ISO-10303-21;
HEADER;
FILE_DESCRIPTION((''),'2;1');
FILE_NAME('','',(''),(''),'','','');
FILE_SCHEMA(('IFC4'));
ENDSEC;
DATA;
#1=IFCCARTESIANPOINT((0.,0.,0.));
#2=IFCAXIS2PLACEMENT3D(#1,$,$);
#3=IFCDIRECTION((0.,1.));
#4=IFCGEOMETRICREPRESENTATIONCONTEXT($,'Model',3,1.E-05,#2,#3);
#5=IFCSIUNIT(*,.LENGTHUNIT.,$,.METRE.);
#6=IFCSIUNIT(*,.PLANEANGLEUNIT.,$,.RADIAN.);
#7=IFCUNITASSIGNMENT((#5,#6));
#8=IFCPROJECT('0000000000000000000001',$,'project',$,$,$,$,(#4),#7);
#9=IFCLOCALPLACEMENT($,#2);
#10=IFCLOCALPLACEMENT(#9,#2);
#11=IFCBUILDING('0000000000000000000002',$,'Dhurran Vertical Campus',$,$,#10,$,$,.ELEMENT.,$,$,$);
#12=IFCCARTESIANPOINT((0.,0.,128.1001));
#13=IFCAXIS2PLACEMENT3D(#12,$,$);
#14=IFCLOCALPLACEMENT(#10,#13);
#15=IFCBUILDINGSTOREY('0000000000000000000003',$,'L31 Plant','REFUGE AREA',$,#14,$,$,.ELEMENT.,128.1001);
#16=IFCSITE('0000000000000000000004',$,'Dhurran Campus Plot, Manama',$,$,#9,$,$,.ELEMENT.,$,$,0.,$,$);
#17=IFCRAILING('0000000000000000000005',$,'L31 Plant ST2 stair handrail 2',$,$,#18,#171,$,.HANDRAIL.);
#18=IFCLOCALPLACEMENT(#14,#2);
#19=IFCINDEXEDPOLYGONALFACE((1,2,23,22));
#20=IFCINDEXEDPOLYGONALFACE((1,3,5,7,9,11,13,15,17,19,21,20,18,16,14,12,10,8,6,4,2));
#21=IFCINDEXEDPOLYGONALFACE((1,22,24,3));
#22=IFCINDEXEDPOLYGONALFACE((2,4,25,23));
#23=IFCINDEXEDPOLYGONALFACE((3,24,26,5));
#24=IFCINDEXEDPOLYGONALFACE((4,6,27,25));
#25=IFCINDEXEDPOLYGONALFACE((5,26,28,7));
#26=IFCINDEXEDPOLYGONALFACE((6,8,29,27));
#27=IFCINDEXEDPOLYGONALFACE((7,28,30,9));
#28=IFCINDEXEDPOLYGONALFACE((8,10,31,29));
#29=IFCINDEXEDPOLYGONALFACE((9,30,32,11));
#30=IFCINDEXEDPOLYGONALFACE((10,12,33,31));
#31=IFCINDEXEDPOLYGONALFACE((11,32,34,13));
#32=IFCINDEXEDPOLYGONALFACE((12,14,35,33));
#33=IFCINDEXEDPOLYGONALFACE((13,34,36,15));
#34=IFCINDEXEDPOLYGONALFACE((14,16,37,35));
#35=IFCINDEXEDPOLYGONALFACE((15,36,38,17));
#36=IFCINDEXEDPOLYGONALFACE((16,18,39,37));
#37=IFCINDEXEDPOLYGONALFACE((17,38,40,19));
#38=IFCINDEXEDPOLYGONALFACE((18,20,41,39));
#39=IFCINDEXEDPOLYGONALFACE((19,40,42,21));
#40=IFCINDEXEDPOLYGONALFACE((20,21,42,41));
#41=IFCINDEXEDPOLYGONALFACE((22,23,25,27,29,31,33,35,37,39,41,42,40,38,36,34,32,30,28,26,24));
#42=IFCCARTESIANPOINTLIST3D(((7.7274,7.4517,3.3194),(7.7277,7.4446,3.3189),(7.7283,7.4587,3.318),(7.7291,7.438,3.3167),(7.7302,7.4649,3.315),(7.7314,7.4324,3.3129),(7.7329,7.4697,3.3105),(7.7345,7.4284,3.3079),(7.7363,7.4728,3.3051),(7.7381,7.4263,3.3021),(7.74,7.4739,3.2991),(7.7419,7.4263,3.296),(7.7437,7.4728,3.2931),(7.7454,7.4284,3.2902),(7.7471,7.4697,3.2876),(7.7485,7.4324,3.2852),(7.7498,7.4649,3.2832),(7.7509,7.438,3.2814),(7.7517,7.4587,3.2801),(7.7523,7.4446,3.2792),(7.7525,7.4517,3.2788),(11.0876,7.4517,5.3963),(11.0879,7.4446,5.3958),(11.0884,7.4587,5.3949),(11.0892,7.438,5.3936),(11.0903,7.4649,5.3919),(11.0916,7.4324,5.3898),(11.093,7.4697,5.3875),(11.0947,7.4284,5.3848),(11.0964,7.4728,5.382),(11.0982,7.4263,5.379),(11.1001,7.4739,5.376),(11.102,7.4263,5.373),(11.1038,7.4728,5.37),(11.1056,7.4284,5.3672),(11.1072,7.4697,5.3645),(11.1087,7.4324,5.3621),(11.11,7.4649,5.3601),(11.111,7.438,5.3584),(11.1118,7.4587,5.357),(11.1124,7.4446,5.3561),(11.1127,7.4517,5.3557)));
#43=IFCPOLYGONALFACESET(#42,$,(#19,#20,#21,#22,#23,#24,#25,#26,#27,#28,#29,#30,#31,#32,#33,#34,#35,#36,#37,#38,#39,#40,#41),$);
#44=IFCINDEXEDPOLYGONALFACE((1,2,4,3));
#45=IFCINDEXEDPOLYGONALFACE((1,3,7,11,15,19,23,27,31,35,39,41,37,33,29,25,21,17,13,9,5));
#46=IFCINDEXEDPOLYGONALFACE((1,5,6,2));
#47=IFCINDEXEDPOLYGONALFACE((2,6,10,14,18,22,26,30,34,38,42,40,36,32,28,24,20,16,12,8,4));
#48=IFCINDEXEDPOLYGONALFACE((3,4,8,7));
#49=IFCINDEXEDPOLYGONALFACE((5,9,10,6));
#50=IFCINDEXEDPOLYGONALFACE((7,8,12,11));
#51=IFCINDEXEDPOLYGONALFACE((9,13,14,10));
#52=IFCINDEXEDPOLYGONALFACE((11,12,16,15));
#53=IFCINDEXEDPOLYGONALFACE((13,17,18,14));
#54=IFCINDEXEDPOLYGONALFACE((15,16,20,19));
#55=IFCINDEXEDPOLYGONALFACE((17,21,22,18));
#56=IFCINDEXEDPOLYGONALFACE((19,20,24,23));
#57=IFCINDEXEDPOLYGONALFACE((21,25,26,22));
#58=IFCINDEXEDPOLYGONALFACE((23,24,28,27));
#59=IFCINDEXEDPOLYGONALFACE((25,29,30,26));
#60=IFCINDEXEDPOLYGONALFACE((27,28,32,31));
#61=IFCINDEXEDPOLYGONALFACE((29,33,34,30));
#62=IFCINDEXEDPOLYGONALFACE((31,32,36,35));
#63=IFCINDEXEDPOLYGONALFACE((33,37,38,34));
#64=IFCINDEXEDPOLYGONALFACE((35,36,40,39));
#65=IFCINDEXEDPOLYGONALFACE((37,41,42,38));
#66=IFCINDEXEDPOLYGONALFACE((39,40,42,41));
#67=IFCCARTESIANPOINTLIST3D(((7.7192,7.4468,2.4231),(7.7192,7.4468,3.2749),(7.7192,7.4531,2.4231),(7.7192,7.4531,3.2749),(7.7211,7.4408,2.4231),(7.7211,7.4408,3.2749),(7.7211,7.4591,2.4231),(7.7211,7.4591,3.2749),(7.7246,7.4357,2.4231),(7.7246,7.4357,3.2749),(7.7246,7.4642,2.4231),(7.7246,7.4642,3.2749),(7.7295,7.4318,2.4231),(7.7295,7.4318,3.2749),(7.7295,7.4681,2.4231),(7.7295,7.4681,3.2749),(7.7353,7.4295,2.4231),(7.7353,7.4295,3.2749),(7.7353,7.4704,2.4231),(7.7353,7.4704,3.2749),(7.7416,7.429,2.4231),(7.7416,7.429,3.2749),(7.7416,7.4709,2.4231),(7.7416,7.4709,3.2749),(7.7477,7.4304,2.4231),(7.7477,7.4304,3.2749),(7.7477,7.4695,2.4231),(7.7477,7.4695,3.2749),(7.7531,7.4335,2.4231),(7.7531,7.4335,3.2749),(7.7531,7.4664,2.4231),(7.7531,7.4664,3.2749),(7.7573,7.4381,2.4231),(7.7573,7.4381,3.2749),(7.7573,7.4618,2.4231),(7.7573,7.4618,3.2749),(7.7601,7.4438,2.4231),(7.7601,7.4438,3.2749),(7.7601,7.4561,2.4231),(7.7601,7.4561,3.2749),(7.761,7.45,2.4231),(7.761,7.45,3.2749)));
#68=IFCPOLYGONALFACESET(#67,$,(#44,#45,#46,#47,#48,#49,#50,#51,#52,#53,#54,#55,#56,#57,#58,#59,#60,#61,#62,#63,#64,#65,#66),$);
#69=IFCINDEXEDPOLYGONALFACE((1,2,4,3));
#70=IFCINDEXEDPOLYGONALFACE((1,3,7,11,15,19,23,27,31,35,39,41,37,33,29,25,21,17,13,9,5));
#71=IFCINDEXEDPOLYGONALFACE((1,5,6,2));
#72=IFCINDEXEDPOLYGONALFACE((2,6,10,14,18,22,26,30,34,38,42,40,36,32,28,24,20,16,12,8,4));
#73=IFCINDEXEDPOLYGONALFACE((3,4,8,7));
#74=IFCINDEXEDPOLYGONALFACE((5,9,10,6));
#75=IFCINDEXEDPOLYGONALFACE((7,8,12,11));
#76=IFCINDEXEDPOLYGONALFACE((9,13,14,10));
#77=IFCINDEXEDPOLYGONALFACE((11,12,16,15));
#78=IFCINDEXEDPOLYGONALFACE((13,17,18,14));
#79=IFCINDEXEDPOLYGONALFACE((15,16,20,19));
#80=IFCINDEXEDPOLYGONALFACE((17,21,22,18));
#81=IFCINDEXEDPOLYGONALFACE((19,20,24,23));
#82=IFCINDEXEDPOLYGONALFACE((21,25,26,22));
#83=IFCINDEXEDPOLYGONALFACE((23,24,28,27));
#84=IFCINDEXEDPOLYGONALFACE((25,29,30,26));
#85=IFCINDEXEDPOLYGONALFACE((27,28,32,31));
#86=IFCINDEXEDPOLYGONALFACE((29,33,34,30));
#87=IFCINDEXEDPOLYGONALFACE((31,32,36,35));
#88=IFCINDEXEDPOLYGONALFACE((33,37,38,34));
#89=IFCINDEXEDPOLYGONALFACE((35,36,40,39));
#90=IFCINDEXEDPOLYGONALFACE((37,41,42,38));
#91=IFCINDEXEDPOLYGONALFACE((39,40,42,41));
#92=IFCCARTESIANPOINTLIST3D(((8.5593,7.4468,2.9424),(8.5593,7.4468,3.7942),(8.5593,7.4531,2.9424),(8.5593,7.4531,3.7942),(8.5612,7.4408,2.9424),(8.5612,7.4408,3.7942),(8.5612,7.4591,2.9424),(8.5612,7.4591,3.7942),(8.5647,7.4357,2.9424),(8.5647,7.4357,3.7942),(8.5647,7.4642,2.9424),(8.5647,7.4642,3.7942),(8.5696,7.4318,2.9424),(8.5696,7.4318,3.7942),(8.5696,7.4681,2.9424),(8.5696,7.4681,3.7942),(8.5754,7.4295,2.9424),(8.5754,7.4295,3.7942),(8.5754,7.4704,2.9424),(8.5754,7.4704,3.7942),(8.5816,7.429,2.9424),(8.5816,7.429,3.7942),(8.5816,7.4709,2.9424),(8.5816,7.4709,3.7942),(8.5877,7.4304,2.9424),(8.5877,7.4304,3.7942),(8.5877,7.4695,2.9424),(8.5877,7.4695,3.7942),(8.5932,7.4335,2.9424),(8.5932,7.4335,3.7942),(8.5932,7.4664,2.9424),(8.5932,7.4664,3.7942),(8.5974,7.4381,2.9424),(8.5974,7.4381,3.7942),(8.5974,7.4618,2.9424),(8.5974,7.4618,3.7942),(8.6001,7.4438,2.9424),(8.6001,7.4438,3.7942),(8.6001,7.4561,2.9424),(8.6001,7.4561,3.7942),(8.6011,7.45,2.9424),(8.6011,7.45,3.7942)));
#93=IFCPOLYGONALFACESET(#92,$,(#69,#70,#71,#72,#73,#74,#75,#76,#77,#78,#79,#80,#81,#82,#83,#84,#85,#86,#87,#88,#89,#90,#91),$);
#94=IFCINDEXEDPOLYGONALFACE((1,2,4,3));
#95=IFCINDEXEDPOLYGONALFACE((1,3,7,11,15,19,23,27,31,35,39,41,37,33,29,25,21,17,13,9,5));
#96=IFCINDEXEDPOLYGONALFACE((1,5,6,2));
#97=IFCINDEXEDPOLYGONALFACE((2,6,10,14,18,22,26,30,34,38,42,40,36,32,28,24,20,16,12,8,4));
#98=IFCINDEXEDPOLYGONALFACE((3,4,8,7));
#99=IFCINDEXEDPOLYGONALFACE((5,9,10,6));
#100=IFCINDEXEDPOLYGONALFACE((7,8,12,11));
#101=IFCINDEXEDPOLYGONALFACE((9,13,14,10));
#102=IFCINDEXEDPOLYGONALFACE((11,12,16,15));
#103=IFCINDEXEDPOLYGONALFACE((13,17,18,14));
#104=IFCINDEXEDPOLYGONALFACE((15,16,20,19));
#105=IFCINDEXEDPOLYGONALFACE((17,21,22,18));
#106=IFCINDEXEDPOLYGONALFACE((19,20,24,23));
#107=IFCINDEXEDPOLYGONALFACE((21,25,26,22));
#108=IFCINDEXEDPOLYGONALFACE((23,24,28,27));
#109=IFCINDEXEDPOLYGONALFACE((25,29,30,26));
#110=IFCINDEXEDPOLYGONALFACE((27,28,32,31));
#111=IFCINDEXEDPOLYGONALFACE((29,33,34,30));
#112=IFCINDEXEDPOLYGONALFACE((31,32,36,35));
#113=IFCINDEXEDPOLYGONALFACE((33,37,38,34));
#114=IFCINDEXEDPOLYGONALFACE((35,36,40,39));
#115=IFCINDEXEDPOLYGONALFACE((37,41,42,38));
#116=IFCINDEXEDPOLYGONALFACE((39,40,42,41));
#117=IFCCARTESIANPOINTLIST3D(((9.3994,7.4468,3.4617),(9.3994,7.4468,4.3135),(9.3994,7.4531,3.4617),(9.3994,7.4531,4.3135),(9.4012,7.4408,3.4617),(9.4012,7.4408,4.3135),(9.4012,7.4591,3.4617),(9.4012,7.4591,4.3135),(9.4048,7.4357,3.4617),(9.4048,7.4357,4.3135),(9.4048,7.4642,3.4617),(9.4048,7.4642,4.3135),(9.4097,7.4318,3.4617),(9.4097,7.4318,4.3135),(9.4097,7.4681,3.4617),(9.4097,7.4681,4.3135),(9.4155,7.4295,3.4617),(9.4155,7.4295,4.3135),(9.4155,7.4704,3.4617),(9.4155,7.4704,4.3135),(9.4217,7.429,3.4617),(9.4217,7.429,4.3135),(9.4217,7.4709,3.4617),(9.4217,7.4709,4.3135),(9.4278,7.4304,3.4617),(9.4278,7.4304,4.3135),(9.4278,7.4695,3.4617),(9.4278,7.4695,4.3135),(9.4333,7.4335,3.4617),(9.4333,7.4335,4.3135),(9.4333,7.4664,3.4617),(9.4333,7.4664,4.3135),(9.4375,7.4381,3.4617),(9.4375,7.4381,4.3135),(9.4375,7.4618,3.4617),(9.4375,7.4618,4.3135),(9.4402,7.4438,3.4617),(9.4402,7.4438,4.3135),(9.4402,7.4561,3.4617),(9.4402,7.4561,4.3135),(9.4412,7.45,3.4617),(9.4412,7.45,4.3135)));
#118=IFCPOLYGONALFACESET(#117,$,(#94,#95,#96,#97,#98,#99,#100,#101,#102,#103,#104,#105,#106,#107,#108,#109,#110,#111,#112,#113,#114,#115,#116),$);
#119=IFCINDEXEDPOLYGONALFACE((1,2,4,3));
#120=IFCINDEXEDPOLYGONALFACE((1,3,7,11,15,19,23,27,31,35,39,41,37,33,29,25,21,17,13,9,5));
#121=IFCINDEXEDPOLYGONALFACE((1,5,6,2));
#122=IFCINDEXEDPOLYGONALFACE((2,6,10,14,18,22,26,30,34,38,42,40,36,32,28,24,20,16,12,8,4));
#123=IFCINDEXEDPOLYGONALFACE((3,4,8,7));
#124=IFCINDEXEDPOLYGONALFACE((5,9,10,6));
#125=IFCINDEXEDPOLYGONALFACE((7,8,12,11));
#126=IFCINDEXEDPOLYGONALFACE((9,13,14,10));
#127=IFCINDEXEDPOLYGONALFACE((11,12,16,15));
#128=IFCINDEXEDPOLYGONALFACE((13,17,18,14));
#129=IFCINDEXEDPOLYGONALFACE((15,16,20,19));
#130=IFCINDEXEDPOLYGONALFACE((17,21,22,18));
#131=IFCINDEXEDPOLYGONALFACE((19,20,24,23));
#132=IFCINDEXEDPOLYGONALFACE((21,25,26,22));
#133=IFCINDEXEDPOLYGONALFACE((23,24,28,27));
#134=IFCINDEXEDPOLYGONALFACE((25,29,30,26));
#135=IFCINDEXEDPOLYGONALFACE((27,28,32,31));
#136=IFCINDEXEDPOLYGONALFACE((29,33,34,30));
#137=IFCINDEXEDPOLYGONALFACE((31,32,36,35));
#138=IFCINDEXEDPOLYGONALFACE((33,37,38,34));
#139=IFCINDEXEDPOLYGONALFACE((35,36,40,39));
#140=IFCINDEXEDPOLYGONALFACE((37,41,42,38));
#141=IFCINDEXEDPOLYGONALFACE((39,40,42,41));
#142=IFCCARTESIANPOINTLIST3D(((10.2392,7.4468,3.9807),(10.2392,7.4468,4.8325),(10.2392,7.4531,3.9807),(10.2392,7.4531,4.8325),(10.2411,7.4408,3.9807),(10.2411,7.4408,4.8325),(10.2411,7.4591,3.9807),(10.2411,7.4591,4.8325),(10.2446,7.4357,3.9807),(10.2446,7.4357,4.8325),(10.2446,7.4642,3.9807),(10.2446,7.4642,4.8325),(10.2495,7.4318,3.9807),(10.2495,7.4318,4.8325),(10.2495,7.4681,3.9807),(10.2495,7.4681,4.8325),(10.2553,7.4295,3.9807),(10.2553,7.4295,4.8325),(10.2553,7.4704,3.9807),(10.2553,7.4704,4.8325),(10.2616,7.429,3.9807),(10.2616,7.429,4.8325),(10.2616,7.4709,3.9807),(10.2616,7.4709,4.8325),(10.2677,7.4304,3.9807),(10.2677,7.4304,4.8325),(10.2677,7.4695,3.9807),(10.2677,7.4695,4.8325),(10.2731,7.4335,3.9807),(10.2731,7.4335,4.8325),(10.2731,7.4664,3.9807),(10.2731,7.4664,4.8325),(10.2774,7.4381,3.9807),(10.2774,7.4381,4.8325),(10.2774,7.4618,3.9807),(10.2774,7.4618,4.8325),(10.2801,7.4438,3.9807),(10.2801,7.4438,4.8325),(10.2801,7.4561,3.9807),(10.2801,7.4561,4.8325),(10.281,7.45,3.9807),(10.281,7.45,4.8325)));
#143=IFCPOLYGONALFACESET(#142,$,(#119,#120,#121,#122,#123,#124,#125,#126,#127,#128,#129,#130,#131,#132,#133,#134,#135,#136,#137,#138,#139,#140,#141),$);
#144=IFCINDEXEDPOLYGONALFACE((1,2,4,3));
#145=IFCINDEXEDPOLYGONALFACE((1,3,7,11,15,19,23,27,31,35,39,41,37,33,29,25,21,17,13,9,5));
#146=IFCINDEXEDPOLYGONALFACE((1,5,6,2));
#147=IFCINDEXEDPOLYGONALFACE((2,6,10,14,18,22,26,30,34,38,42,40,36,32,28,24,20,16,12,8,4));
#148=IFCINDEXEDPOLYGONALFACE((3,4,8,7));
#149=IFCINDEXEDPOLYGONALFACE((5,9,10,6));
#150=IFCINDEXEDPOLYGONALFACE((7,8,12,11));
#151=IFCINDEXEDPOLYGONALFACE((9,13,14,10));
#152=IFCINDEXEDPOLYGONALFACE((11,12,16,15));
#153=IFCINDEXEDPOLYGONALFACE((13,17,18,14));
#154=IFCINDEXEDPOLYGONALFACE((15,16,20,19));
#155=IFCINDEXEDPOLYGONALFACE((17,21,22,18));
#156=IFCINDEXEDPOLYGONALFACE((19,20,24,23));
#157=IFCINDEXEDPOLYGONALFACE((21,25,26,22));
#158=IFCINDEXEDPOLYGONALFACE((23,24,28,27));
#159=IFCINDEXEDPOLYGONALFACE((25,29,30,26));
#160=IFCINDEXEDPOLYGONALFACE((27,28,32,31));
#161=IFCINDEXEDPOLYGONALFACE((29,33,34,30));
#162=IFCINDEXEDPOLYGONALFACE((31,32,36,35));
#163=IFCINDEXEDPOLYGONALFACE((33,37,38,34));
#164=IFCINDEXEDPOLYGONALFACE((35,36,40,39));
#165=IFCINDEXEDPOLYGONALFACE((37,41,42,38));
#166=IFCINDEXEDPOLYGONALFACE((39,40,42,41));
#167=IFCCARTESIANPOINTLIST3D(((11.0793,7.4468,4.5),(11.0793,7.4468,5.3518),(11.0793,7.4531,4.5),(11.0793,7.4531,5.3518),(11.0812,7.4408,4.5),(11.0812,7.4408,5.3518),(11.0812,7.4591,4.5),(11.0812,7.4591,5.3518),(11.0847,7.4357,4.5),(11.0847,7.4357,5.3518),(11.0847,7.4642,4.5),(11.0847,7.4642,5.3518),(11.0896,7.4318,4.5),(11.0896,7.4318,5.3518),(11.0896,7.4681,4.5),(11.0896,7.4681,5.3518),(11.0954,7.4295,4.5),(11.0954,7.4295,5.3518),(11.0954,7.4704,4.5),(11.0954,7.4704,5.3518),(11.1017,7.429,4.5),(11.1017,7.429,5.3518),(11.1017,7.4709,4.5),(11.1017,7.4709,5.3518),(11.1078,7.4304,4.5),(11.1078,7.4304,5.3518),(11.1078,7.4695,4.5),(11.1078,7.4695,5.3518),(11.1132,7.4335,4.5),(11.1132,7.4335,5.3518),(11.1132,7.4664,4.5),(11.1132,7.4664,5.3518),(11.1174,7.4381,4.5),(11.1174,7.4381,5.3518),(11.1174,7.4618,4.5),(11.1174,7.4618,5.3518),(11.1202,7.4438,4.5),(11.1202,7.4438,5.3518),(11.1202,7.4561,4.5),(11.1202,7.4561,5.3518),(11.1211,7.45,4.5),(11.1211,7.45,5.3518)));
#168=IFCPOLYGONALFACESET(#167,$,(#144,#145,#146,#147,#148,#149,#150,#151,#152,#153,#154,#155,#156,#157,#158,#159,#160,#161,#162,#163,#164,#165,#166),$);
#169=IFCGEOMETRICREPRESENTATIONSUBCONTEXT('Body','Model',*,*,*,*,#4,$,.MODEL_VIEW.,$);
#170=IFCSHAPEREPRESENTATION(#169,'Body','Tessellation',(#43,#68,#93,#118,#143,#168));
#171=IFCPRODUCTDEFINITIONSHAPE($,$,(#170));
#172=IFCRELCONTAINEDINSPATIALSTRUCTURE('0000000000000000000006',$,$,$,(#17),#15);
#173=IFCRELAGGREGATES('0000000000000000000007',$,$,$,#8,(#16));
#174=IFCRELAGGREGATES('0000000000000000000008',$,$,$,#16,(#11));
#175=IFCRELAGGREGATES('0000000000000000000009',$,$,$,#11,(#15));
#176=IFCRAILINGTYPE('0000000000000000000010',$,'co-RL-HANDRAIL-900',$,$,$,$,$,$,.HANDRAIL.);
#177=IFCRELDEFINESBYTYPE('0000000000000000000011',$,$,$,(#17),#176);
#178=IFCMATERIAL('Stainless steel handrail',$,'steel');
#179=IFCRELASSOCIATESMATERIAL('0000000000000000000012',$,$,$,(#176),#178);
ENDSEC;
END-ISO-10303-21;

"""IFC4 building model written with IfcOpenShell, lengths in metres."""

from ifc_helpers import new_model, si_unit, direction, frame, origin, origin_2d, place, context, subcontext, project, spatial, circle, extrude, material, type_object, element, save


model = new_model("IFC4")

# Units and contexts
model_context = context("Model", 3, precision=1e-05, world=origin(), true_north=direction((0.0, 1.0)))
body_context = subcontext(model_context, "Body", "Model", "MODEL_VIEW")
ifc_project = project(units=[si_unit("LENGTHUNIT", "METRE"), si_unit("PLANEANGLEUNIT", "RADIAN")], contexts=[model_context])

# Site, building, storey
site_placement = place(None, origin())
site = spatial("IfcSite", under=ifc_project, at=site_placement, Name="Dhurran Campus Plot, Manama", CompositionType="ELEMENT", RefElevation=0.0)
building_placement = place(site_placement, origin())
building = spatial("IfcBuilding", under=site, at=building_placement, Name="Dhurran Vertical Campus", CompositionType="ELEMENT")
storey_placement = place(building_placement, frame((0.0, 0.0, 128.1001)))
storey = spatial("IfcBuildingStorey", under=building, at=storey_placement, Name="L31 Plant", Description="REFUGE AREA", CompositionType="ELEMENT", Elevation=128.1001)

# Railing
ifc_material_1 = material(Name="Stainless steel handrail", Category="steel")
railing_type_1 = type_object("IfcRailingType", Name="co-RL-HANDRAIL-900", PredefinedType="HANDRAIL", material=ifc_material_1)
railing_1_placement = place(storey_placement, frame((7.74, 7.45, 2.4231)))
element("IfcRailing", 1, at=railing_1_placement, inside=storey, type_object=railing_type_1, Name="L31 Plant ST2 stair handrail 2", PredefinedType="HANDRAIL", context=body_context, shape_type="SweptSolid", body=[
    extrude(circle(Radius=0.0239, at=origin_2d()), frame((0.0, 0.0, 0.876), z_axis=(0.850623, 0.0, 0.525776), x_axis=(0.0, 1.0, 0.0)), (0.0, 0.0, 1.0), 3.9502),
    extrude(circle(Radius=0.021, at=origin_2d()), origin(), (0.0, 0.0, 1.0), 0.8518),
    extrude(circle(Radius=0.021, at=origin_2d()), frame((0.8401, 0.0, 0.5193)), (0.0, 0.0, 1.0), 0.8518),
    extrude(circle(Radius=0.021, at=origin_2d()), frame((1.6802, 0.0, 1.0386)), (0.0, 0.0, 1.0), 0.8518),
    extrude(circle(Radius=0.021, at=origin_2d()), frame((2.52, 0.0, 1.5576)), (0.0, 0.0, 1.0), 0.8518),
    extrude(circle(Radius=0.021, at=origin_2d()), frame((3.3601, 0.0, 2.0769)), (0.0, 0.0, 1.0), 0.8518),
])

save(model, "model.ifc")
